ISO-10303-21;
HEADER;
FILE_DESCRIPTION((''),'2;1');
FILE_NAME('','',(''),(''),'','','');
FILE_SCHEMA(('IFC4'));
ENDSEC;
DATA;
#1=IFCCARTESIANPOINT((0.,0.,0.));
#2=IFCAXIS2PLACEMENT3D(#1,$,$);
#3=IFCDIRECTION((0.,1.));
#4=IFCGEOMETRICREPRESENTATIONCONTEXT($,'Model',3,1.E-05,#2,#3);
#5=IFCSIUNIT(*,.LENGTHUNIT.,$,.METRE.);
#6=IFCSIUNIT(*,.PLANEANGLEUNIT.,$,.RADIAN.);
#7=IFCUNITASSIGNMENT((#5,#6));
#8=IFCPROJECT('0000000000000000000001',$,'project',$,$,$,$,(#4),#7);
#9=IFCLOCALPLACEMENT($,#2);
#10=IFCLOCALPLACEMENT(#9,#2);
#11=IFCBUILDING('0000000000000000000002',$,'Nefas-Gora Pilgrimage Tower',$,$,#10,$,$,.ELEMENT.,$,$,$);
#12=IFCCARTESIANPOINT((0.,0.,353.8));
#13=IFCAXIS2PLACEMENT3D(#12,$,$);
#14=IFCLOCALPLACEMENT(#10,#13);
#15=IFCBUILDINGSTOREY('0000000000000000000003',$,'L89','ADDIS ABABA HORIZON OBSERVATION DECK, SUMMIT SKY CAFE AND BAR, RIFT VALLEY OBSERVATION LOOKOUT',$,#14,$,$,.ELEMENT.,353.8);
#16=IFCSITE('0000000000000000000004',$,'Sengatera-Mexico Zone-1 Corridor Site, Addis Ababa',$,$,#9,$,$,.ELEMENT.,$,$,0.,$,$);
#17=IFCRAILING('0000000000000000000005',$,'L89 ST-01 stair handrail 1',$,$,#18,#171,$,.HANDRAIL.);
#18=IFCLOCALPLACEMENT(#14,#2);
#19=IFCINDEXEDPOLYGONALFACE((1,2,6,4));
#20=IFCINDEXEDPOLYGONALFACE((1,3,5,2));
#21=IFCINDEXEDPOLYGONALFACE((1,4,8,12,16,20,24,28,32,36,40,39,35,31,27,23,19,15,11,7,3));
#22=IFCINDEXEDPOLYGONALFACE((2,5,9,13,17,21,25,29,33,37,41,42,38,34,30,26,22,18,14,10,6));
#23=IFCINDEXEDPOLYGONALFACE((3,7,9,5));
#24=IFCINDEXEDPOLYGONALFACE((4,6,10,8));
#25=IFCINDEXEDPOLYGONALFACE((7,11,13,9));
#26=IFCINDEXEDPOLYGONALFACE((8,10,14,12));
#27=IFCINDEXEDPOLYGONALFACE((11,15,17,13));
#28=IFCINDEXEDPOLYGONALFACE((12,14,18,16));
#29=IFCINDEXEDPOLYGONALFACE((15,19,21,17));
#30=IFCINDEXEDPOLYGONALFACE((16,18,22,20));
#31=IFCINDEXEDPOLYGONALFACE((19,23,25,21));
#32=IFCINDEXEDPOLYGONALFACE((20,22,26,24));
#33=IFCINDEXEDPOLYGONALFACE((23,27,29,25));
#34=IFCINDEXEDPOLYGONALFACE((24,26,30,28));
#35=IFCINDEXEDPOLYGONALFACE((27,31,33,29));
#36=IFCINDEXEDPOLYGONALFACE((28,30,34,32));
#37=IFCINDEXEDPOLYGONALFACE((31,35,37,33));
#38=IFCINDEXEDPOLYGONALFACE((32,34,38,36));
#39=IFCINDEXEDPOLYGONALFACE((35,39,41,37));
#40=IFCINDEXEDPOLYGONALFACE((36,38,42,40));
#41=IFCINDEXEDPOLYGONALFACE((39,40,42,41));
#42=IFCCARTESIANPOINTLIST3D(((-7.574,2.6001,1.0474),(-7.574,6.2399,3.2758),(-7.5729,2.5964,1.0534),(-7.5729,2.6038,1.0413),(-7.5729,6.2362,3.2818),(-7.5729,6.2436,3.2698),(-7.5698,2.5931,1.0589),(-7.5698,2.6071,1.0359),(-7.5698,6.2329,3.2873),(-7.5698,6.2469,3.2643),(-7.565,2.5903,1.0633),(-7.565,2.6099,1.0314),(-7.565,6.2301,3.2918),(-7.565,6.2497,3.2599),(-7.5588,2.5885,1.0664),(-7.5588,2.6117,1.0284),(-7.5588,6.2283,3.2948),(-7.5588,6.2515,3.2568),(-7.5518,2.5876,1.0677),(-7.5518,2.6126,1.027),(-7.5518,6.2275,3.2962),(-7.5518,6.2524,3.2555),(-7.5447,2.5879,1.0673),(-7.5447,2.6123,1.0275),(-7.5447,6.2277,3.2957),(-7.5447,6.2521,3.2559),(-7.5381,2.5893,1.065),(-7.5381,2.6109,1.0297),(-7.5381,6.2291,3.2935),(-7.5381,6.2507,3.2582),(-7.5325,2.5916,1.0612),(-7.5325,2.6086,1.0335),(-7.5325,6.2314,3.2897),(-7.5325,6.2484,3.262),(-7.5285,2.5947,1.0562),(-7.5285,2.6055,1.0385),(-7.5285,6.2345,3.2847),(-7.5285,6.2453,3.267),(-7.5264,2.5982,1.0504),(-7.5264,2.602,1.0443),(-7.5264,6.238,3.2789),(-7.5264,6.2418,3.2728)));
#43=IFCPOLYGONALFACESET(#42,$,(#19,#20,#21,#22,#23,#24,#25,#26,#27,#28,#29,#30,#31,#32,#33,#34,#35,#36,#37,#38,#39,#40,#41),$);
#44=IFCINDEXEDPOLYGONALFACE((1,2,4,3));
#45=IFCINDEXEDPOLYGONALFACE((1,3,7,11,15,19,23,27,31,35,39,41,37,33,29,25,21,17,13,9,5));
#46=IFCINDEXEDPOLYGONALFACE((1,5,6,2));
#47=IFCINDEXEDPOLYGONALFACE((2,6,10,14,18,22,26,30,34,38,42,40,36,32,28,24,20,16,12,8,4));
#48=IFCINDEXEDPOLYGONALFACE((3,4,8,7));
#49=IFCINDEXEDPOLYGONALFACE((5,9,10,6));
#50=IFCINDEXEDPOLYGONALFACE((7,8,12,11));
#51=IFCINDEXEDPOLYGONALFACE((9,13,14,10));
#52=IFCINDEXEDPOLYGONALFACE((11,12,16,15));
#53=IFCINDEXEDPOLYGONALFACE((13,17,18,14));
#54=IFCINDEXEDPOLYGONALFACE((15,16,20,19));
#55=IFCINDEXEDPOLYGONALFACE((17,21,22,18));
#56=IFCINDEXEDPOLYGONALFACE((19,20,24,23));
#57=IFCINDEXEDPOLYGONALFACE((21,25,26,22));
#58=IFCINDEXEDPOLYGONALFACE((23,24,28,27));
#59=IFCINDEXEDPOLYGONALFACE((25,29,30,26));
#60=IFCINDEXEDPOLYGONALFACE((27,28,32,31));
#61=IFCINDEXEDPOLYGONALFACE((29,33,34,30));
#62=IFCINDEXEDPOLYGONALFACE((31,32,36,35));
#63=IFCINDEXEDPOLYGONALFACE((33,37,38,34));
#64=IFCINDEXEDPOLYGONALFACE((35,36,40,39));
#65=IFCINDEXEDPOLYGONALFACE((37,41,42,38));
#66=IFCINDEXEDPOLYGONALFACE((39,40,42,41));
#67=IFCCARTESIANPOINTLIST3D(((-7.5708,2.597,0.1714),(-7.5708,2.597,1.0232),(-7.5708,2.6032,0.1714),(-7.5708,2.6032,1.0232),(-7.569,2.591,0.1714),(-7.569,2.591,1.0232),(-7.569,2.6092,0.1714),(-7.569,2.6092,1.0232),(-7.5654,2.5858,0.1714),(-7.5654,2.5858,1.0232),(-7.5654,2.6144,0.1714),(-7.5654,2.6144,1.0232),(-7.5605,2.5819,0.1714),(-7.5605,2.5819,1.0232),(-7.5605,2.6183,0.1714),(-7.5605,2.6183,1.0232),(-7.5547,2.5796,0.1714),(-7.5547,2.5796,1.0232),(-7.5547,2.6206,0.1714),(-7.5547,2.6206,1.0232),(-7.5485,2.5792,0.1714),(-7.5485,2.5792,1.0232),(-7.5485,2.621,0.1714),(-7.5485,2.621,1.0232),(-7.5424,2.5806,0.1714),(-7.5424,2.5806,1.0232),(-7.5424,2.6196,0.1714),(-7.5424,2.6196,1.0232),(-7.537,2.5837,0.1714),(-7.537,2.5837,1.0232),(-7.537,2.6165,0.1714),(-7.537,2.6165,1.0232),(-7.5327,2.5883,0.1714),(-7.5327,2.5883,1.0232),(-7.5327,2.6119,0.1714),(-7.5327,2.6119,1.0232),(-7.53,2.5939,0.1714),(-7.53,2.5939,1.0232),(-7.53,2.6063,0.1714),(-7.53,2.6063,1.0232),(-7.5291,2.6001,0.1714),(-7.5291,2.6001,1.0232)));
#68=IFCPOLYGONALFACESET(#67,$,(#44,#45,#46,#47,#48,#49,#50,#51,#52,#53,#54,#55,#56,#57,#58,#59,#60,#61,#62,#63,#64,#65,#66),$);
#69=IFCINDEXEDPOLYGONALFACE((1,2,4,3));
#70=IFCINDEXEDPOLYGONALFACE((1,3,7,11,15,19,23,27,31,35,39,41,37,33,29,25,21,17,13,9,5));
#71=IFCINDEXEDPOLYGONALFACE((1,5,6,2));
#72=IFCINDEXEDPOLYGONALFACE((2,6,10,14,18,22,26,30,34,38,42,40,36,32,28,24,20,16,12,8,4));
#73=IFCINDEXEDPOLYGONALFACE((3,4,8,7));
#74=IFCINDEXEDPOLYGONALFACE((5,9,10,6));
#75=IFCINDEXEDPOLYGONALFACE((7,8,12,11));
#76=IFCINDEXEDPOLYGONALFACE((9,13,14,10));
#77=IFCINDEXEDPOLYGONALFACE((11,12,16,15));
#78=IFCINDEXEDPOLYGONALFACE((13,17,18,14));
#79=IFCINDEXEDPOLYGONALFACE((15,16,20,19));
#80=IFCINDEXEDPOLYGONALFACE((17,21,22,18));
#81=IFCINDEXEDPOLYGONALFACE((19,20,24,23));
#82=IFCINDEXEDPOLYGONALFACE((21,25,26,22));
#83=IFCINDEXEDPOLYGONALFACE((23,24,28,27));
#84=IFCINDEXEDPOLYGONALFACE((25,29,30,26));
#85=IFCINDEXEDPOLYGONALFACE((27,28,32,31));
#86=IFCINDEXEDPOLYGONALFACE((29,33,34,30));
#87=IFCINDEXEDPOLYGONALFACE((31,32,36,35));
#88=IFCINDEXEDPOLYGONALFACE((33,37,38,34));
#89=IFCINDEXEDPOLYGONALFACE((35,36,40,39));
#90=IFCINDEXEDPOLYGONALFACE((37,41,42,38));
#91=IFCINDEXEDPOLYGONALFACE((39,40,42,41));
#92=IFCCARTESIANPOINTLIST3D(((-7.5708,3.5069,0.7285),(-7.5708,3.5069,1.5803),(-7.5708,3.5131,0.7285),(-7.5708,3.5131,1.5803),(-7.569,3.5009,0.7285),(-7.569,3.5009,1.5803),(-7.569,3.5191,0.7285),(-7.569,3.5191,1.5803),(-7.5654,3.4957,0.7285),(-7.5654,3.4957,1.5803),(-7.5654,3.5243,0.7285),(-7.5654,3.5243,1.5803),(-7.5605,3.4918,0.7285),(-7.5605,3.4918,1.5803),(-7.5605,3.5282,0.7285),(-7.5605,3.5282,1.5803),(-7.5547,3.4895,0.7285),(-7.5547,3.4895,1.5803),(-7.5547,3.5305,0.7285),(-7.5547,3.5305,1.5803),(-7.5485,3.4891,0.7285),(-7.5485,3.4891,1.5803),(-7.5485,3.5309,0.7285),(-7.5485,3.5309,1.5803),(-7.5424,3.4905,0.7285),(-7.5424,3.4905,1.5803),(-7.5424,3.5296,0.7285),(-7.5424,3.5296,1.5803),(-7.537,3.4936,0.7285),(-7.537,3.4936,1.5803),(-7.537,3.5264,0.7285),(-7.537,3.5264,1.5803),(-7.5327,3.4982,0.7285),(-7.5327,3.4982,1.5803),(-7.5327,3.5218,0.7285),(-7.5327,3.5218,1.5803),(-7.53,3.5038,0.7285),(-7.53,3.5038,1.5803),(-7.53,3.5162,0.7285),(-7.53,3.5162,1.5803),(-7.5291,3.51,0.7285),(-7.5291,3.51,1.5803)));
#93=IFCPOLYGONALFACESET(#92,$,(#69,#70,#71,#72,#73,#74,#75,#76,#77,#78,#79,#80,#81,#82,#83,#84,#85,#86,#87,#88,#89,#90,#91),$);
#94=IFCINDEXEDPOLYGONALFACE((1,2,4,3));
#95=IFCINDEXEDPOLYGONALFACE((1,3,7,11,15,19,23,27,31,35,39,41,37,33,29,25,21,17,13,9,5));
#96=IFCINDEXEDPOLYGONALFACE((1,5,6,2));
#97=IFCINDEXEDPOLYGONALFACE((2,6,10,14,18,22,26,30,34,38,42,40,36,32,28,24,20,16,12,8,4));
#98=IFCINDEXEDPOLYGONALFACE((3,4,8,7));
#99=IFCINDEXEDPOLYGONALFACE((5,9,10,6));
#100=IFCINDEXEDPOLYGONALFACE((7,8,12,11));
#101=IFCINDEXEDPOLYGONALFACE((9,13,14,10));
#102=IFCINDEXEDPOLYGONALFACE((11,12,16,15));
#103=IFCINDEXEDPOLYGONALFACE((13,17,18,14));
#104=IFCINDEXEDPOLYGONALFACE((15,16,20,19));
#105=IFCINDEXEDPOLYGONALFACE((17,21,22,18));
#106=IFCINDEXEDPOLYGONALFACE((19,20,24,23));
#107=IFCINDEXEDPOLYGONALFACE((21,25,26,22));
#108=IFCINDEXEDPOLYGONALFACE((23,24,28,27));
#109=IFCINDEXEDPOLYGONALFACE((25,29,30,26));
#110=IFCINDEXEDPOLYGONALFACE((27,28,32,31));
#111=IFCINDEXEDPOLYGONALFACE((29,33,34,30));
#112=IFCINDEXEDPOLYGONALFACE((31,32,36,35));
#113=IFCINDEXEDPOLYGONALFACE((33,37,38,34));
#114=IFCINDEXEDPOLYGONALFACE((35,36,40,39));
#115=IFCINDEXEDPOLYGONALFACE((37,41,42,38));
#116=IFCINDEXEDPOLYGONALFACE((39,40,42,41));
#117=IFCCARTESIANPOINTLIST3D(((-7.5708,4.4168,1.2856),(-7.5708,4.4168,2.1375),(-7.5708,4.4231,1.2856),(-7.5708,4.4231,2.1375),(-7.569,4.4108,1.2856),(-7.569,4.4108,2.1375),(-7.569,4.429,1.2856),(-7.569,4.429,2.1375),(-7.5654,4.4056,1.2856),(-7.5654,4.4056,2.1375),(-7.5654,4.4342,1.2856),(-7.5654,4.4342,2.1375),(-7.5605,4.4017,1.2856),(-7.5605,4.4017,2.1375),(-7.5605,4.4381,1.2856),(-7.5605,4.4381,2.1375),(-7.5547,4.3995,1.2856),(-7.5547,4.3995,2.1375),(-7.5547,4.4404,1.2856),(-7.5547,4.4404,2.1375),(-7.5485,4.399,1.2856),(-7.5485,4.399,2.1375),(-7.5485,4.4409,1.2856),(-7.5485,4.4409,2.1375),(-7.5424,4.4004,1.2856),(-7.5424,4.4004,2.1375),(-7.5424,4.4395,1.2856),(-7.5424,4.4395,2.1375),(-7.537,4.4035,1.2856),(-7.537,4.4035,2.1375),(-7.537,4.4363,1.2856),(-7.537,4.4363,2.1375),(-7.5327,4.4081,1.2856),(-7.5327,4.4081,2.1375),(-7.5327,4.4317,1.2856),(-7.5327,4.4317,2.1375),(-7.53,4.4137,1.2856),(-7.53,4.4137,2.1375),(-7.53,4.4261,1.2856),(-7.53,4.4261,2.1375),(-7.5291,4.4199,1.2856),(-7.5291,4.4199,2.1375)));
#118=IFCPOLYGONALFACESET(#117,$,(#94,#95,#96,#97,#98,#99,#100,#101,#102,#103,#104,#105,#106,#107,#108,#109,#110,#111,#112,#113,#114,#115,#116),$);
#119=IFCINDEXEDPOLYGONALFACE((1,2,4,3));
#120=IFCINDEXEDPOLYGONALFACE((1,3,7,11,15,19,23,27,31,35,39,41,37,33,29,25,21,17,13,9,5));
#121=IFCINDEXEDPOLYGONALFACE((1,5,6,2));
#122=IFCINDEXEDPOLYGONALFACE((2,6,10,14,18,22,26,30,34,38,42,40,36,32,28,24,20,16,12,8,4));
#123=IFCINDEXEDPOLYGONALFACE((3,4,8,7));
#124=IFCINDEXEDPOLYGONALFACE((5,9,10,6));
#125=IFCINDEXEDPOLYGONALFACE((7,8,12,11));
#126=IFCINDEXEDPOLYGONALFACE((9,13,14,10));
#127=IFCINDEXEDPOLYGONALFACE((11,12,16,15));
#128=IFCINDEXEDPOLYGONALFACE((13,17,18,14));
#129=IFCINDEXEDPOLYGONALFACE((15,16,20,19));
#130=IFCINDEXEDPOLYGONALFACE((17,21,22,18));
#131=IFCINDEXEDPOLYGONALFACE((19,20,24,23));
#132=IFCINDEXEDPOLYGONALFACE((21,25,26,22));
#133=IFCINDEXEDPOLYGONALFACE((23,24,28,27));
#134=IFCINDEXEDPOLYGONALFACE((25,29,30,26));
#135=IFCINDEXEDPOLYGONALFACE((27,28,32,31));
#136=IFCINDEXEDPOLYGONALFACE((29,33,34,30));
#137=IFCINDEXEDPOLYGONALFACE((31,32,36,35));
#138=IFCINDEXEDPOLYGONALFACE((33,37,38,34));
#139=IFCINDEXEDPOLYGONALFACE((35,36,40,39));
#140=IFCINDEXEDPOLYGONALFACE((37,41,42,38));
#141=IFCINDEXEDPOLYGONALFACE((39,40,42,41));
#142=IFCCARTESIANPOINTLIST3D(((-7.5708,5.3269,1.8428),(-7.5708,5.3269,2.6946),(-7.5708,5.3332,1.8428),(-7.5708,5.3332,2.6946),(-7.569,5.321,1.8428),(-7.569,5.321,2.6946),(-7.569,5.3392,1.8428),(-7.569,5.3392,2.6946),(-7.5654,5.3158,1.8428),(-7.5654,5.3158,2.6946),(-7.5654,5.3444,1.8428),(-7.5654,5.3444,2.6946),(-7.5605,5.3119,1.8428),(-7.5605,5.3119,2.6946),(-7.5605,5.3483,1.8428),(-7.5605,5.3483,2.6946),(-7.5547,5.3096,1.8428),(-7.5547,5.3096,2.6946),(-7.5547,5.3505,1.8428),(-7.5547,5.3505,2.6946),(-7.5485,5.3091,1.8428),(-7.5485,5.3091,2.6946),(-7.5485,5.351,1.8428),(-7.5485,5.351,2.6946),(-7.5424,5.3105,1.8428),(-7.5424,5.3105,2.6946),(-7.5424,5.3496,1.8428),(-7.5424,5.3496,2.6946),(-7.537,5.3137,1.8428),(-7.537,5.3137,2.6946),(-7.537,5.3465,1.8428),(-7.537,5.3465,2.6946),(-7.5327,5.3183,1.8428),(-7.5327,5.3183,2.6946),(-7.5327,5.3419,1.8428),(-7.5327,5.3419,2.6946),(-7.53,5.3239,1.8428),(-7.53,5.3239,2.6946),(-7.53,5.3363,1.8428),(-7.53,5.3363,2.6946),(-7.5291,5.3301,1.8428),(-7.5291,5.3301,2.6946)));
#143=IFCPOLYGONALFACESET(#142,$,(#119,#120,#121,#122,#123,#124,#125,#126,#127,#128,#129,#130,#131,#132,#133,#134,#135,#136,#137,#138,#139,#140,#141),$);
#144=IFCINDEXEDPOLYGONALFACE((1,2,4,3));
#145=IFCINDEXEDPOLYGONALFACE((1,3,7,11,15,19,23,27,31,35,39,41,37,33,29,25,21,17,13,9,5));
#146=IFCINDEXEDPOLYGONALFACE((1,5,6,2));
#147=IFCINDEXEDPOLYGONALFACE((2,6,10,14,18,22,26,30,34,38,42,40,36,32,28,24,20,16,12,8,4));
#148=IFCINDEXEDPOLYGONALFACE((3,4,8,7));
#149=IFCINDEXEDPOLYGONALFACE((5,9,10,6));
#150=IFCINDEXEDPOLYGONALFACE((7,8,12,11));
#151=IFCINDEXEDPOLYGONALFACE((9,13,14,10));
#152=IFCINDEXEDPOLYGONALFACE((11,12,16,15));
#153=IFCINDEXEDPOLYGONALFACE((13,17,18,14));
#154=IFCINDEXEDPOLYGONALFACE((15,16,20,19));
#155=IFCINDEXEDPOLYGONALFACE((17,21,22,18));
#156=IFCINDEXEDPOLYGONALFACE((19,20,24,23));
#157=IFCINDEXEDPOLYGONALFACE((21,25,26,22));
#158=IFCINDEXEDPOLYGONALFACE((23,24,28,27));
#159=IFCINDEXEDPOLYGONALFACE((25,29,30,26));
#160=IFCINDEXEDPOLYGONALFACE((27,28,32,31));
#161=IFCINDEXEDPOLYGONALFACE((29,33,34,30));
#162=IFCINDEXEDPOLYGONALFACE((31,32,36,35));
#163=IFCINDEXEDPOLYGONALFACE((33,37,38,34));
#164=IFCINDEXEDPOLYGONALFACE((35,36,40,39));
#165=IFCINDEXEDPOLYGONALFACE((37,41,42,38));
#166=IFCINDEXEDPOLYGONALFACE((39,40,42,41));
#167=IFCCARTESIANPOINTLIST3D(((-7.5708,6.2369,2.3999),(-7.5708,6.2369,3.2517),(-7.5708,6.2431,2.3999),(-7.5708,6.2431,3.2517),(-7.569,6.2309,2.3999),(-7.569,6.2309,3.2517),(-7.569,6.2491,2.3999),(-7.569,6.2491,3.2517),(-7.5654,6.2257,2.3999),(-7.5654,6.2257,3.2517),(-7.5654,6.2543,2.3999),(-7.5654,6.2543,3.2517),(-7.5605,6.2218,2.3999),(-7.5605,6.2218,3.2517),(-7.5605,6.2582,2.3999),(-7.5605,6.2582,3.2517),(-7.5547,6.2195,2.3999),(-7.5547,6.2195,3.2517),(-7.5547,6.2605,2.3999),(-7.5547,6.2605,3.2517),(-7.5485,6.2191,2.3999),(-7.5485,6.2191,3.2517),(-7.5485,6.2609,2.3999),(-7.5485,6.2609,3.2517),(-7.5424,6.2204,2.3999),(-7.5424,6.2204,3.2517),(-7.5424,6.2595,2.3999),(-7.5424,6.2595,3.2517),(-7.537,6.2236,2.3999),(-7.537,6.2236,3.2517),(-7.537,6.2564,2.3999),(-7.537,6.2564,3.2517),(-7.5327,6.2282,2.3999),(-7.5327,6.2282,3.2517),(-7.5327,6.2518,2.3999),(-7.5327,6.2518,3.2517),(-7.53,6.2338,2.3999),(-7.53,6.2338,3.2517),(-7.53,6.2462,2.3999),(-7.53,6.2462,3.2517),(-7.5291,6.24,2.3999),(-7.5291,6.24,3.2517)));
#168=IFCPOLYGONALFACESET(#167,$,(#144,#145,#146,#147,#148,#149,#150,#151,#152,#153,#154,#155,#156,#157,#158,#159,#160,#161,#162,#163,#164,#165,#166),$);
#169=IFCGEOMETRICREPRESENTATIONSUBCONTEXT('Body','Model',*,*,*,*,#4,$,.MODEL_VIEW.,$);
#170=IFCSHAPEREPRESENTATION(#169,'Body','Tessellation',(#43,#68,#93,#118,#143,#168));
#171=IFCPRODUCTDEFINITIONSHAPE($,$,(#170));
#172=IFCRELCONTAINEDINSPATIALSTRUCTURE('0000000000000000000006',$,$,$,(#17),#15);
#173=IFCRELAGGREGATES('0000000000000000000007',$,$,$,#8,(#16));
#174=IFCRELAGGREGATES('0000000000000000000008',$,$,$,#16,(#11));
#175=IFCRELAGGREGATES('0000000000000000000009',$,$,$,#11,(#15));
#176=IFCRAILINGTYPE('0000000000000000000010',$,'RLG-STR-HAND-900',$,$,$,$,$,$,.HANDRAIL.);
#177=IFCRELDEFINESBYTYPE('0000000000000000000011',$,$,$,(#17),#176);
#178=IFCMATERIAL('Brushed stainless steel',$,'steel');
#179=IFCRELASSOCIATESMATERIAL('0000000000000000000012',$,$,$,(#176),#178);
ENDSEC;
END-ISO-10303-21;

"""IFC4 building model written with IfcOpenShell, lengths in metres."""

from ifc_helpers import new_model, si_unit, direction, frame, origin, origin_2d, place, context, subcontext, project, spatial, circle, extrude, material, type_object, element, save


model = new_model("IFC4")

# Units and contexts
model_context = context("Model", 3, precision=1e-05, world=origin(), true_north=direction((0.0, 1.0)))
body_context = subcontext(model_context, "Body", "Model", "MODEL_VIEW")
ifc_project = project(units=[si_unit("LENGTHUNIT", "METRE"), si_unit("PLANEANGLEUNIT", "RADIAN")], contexts=[model_context])

# Site, building, storey
site_placement = place(None, origin())
site = spatial("IfcSite", under=ifc_project, at=site_placement, Name="Sengatera-Mexico Zone-1 Corridor Site, Addis Ababa", CompositionType="ELEMENT", RefElevation=0.0)
building_placement = place(site_placement, origin())
building = spatial("IfcBuilding", under=site, at=building_placement, Name="Nefas-Gora Pilgrimage Tower", CompositionType="ELEMENT")
storey_placement = place(building_placement, frame((0.0, 0.0, 353.8)))
storey = spatial("IfcBuildingStorey", under=building, at=storey_placement, Name="L89", Description="ADDIS ABABA HORIZON OBSERVATION DECK, SUMMIT SKY CAFE AND BAR, RIFT VALLEY OBSERVATION LOOKOUT", CompositionType="ELEMENT", Elevation=353.8)

# Railing
ifc_material_1 = material(Name="Brushed stainless steel", Category="steel")
railing_type_1 = type_object("IfcRailingType", Name="RLG-STR-HAND-900", PredefinedType="HANDRAIL", material=ifc_material_1)
railing_1_placement = place(storey_placement, frame((-7.55, 2.6001, 0.1714)))
element("IfcRailing", 1, at=railing_1_placement, inside=storey, type_object=railing_type_1, Name="L89 ST-01 stair handrail 1", PredefinedType="HANDRAIL", context=body_context, shape_type="SweptSolid", body=[
    extrude(circle(Radius=0.0239, at=origin_2d()), frame((0.0, 0.0, 0.876), z_axis=(0.0, 0.85285, 0.522156), x_axis=(-1.0, 0.0, 0.0)), (0.0, 0.0, 1.0), 4.2678),
    extrude(circle(Radius=0.021, at=origin_2d()), origin(), (0.0, 0.0, 1.0), 0.8518),
    extrude(circle(Radius=0.021, at=origin_2d()), frame((0.0, 0.9099, 0.5571)), (0.0, 0.0, 1.0), 0.8518),
    extrude(circle(Radius=0.021, at=origin_2d()), frame((0.0, 1.8198, 1.1143)), (0.0, 0.0, 1.0), 0.8518),
    extrude(circle(Radius=0.021, at=origin_2d()), frame((0.0, 2.73, 1.6714)), (0.0, 0.0, 1.0), 0.8518),
    extrude(circle(Radius=0.021, at=origin_2d()), frame((0.0, 3.6399, 2.2285)), (0.0, 0.0, 1.0), 0.8518),
])

save(model, "model.ifc")
